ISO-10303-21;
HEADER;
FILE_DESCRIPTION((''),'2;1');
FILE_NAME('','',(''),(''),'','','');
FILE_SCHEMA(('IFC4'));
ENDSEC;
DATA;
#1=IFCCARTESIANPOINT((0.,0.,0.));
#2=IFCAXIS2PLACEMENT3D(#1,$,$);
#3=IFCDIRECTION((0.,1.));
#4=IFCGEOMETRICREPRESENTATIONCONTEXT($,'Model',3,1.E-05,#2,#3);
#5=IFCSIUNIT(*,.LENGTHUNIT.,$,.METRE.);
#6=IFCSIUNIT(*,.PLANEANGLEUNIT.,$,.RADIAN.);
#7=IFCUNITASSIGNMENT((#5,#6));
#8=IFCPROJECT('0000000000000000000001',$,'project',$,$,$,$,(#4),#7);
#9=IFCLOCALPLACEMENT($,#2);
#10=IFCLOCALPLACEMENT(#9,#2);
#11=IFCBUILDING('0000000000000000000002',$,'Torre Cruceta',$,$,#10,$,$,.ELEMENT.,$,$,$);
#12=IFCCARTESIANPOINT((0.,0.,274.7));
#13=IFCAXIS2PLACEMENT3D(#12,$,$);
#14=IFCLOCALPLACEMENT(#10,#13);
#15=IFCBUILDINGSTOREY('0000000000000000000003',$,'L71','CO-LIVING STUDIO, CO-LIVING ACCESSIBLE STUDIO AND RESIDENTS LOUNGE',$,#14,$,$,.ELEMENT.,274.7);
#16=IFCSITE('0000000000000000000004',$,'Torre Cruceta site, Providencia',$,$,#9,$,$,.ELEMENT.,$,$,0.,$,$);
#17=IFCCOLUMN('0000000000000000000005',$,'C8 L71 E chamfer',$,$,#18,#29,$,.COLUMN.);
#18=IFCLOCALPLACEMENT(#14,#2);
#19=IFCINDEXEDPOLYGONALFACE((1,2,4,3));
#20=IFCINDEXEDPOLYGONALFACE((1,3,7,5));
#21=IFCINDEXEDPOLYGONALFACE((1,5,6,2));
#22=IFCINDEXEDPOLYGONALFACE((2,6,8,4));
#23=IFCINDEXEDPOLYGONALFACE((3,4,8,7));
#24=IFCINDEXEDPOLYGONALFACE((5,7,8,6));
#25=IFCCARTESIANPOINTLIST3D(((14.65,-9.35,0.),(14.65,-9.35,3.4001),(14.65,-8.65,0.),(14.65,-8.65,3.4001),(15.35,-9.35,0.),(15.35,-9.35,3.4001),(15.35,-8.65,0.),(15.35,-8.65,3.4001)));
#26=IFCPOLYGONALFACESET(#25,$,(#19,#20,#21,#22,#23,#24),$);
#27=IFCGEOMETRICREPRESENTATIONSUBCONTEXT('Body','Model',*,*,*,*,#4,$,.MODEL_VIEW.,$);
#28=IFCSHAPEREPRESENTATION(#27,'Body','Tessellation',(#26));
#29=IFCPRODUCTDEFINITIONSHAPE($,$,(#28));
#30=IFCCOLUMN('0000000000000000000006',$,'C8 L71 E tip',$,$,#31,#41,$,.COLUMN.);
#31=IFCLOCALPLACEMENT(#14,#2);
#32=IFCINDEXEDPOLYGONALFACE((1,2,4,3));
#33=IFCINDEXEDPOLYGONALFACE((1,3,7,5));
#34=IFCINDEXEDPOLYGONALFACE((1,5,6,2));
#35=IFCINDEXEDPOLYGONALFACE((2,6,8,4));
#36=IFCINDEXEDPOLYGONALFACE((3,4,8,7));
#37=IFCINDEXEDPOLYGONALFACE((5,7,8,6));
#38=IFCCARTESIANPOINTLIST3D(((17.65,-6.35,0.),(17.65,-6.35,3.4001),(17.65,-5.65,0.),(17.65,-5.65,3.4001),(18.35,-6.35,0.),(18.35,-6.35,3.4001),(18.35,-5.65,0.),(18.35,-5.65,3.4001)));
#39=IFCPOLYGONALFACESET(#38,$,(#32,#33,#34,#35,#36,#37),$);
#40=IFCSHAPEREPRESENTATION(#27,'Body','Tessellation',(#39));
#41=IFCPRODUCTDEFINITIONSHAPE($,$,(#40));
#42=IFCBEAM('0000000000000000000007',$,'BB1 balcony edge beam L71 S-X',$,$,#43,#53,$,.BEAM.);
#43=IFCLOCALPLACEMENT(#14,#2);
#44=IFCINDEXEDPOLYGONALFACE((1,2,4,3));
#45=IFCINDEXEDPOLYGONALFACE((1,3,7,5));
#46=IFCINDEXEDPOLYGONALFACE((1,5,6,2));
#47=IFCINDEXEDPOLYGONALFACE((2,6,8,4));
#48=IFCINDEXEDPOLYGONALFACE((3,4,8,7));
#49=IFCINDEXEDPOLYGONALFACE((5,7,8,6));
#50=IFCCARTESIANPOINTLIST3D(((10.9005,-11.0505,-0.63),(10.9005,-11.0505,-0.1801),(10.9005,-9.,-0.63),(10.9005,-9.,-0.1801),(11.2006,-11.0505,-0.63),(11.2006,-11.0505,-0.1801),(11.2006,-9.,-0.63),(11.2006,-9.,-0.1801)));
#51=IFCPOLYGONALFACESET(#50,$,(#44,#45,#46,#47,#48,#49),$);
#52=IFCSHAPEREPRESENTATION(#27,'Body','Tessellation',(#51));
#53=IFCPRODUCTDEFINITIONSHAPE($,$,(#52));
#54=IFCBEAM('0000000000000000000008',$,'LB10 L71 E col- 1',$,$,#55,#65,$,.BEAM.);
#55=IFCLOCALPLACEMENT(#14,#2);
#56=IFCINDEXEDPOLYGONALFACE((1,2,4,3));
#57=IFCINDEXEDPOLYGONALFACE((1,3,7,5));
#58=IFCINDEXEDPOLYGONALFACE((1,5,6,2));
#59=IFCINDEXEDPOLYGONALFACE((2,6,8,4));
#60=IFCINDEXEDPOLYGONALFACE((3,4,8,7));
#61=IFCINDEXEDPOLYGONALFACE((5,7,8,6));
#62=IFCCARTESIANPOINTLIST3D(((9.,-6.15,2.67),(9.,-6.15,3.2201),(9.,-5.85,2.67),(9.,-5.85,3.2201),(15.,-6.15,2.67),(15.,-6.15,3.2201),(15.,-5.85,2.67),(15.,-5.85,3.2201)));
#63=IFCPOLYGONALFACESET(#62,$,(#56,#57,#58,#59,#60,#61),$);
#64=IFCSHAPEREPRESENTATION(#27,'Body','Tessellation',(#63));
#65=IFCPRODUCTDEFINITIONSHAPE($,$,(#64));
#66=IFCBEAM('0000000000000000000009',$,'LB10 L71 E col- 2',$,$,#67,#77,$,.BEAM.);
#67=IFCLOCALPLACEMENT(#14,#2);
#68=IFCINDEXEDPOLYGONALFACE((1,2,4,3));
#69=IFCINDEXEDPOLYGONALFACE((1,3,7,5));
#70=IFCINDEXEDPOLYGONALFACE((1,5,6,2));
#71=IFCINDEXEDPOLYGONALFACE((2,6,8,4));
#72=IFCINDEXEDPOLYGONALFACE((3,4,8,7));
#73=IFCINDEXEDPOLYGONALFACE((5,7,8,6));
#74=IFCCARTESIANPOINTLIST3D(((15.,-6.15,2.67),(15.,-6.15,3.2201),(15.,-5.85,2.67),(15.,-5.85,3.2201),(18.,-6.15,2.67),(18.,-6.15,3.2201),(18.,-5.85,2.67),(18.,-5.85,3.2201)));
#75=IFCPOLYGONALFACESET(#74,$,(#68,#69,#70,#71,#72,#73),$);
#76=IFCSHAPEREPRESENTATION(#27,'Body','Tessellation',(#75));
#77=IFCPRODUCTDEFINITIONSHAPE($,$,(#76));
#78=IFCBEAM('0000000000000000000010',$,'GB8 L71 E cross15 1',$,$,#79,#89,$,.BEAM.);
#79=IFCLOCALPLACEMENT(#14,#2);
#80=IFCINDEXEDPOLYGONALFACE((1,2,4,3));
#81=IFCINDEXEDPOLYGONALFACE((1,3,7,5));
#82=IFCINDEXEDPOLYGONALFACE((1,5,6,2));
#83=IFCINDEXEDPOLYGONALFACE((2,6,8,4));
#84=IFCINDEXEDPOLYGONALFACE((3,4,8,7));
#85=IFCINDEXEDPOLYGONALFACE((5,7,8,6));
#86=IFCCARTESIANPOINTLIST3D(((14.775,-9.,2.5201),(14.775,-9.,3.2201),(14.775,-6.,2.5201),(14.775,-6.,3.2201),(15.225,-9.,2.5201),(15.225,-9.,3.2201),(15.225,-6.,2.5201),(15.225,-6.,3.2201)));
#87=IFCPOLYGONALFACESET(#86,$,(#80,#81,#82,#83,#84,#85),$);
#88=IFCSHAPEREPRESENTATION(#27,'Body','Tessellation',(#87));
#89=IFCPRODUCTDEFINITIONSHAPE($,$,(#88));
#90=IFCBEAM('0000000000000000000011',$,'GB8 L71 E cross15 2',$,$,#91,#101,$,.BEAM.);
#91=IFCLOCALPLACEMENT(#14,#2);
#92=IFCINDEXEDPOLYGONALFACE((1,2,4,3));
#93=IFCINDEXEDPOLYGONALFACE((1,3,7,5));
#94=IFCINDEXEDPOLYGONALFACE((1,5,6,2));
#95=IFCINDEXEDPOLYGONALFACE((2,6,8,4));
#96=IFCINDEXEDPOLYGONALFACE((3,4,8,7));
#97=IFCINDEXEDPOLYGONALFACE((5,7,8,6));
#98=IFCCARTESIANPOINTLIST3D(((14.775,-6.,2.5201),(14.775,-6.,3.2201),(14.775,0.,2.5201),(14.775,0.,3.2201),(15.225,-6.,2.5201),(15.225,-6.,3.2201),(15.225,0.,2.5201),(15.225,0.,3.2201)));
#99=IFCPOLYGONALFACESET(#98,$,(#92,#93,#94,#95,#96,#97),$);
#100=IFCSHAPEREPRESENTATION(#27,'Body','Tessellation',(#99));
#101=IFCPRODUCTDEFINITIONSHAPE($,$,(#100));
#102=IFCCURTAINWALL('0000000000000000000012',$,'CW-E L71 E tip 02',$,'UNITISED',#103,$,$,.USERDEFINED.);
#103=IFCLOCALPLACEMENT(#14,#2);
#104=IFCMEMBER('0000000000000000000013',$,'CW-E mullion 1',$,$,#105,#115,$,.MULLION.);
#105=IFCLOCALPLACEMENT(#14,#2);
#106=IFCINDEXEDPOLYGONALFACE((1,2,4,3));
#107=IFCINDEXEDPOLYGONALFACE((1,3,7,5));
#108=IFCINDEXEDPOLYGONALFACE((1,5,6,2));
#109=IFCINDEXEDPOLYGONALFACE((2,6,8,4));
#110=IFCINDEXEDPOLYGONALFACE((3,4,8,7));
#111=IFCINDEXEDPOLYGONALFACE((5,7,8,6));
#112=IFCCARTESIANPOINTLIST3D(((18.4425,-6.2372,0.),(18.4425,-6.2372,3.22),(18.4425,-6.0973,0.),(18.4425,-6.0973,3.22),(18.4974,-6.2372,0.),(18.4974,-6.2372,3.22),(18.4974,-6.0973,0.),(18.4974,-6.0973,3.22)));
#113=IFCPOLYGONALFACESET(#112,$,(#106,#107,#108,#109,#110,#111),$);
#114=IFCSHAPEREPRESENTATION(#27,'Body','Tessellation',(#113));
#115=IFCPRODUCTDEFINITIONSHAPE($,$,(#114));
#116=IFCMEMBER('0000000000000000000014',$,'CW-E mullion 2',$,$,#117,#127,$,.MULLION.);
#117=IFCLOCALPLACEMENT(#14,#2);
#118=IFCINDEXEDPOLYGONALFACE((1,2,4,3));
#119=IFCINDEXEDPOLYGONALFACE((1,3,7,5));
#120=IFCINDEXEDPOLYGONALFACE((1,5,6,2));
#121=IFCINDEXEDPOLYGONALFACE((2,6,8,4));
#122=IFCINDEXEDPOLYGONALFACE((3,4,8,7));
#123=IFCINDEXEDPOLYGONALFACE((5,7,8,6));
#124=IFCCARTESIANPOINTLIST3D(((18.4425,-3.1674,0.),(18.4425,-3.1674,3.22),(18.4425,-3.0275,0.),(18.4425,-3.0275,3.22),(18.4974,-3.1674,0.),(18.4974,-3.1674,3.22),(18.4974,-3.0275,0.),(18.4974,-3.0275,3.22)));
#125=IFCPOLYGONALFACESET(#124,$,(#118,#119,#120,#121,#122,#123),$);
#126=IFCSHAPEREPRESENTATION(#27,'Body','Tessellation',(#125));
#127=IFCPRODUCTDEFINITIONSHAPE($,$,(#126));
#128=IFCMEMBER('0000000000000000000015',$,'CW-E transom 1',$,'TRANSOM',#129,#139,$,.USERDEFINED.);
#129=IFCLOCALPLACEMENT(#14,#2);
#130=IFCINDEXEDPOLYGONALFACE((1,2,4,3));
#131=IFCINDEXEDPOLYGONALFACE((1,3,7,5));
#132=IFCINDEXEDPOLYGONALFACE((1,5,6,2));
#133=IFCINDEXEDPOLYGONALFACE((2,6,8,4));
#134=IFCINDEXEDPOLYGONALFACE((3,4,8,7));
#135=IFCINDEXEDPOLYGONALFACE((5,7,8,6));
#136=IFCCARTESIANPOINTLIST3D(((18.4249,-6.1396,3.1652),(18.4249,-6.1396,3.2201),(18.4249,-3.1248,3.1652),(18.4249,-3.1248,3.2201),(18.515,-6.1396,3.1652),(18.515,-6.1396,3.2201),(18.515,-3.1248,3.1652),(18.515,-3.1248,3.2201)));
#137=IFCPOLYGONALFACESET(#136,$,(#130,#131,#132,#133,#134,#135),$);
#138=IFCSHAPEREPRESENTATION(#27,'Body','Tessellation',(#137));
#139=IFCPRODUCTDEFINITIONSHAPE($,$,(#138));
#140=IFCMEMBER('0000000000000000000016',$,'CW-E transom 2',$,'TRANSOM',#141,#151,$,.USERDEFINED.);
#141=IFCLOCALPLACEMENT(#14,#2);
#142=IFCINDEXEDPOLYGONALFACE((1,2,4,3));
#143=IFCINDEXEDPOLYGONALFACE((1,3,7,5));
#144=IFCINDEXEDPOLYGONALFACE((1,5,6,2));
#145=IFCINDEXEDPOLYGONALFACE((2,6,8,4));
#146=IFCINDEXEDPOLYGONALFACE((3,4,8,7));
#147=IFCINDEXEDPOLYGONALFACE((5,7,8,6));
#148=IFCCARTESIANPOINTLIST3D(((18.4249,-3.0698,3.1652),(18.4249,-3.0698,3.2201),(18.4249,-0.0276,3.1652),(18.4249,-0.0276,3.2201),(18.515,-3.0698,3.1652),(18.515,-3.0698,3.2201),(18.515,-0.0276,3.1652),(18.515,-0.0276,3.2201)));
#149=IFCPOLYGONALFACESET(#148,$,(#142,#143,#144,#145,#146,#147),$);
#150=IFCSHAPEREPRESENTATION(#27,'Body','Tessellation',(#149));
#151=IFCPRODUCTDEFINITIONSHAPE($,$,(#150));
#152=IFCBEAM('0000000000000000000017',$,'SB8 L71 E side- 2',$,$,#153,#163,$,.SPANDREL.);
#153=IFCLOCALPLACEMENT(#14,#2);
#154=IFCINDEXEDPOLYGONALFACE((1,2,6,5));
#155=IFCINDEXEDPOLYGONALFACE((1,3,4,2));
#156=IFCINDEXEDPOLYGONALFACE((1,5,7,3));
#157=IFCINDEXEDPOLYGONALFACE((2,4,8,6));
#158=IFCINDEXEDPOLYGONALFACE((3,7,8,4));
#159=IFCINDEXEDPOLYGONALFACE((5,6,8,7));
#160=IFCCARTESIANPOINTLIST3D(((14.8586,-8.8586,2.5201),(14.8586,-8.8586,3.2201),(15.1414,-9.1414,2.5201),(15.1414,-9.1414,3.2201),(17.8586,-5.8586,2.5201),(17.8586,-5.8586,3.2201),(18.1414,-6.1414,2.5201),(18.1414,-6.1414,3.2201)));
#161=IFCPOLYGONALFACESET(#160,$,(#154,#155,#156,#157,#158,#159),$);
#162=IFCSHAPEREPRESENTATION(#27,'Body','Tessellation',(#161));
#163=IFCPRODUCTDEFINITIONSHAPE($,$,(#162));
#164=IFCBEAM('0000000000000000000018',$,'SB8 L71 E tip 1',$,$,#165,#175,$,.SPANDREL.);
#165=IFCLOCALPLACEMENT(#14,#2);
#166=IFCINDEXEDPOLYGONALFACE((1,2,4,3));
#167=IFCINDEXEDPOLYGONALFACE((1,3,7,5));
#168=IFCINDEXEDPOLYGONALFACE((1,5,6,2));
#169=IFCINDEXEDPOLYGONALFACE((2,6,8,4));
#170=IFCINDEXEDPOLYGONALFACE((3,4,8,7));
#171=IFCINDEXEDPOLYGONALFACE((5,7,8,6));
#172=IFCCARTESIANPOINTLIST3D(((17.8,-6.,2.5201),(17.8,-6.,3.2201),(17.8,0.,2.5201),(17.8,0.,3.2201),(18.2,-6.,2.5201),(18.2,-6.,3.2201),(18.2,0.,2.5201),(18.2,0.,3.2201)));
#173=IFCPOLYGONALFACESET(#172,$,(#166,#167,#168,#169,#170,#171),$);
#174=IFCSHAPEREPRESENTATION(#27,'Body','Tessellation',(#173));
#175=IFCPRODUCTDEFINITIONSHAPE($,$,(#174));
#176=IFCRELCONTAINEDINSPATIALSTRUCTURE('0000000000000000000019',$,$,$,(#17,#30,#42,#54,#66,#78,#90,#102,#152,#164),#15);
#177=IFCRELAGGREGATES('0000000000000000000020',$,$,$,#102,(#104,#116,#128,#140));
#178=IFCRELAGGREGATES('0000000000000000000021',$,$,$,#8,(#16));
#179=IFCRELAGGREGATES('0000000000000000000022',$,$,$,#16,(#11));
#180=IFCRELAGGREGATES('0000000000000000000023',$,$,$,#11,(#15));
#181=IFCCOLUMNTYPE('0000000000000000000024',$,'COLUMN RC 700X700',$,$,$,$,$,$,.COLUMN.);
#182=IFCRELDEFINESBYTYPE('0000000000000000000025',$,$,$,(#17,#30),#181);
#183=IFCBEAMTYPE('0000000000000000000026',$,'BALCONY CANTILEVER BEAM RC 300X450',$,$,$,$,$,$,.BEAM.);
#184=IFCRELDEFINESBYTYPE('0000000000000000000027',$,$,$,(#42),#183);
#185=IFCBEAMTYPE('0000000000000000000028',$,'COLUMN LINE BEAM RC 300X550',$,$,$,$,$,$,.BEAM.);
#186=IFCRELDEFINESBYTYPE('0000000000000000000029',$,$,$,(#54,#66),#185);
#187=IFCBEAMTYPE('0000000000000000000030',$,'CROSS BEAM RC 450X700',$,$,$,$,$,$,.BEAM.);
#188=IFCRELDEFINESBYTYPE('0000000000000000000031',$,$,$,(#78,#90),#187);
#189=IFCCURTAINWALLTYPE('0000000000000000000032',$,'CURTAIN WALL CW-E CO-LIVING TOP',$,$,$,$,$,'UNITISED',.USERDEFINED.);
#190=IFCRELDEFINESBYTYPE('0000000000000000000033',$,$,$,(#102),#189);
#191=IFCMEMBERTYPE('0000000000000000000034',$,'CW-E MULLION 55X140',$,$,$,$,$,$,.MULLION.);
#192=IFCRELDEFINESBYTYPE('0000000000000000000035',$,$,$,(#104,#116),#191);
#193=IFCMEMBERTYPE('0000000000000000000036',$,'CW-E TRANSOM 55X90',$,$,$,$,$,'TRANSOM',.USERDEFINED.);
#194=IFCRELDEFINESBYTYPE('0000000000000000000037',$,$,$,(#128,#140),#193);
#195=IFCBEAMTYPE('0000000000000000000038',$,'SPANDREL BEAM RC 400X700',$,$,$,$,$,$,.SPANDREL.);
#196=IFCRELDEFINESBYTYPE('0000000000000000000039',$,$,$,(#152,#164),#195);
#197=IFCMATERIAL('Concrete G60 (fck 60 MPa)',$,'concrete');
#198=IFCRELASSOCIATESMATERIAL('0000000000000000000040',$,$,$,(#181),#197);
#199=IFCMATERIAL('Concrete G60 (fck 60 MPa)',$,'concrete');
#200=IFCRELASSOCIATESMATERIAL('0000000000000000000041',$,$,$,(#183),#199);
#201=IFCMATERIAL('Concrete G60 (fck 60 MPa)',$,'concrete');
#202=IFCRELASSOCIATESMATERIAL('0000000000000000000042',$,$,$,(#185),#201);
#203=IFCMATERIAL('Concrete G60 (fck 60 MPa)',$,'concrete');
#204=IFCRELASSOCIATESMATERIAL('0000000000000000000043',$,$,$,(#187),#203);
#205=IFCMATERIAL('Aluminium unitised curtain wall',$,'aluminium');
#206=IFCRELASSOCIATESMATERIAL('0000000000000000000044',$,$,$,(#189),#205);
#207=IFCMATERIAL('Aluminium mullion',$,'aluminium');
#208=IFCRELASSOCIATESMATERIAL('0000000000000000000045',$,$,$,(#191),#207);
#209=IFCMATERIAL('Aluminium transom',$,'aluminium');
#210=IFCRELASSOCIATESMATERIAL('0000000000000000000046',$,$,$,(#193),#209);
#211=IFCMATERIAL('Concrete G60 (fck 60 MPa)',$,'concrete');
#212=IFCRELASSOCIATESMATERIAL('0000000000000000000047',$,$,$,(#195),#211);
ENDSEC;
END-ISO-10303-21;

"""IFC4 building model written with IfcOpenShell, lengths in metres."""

from ifc_helpers import new_model, si_unit, direction, frame, origin, origin_2d, place, context, subcontext, project, spatial, rectangle, extrude, material, material_profile, profile_set, type_object, element, aggregate, save


model = new_model("IFC4")

# Units and contexts
model_context = context("Model", 3, precision=1e-05, world=origin(), true_north=direction((0.0, 1.0)))
body_context = subcontext(model_context, "Body", "Model", "MODEL_VIEW")
ifc_project = project(units=[si_unit("LENGTHUNIT", "METRE"), si_unit("PLANEANGLEUNIT", "RADIAN")], contexts=[model_context])

# Site, building, storey
site_placement = place(None, origin())
site = spatial("IfcSite", under=ifc_project, at=site_placement, Name="Torre Cruceta site, Providencia", CompositionType="ELEMENT", RefElevation=0.0)
building_placement = place(site_placement, origin())
building = spatial("IfcBuilding", under=site, at=building_placement, Name="Torre Cruceta", CompositionType="ELEMENT")
storey_placement = place(building_placement, frame((0.0, 0.0, 274.7)))
storey = spatial("IfcBuildingStorey", under=building, at=storey_placement, Name="L71", Description="CO-LIVING STUDIO, CO-LIVING ACCESSIBLE STUDIO AND RESIDENTS LOUNGE", CompositionType="ELEMENT", Elevation=274.7)

# Columns
ifc_material_1 = material(Name="Concrete G60 (fck 60 MPa)", Category="concrete")
ifc_material_profile_1 = material_profile(ifc_material_1, rectangle(XDim=0.7, YDim=0.7, at=origin_2d()), Name="RC 700X700")
ifc_profile_set_1 = profile_set([ifc_material_profile_1], Name="Concrete G60 (fck 60 MPa)")
column_type = type_object("IfcColumnType", Name="COLUMN RC 700X700", PredefinedType="COLUMN", material=ifc_profile_set_1)
for number, where, z_axis, x_axis, name in (
    (1, (15.0, -9.0, 0.0), (0.0, 0.0, 1.0), (1.0, 0.0, 0.0), "C8 L71 E chamfer"),
    (2, (18.0, -6.0, 0.0), (0.0, 0.0, 1.0), (1.0, 0.0, 0.0), "C8 L71 E tip"),
):
    element("IfcColumn", number, at=place(storey_placement, frame(where, z_axis=z_axis, x_axis=x_axis)), inside=storey, type_object=column_type, Name=name, PredefinedType="COLUMN", context=body_context, shape_type="SweptSolid", body=[
        extrude(rectangle(XDim=0.7, YDim=0.7, at=origin_2d()), origin(), (0.0, 0.0, 1.0), 3.4001),
    ])

# Beams
ifc_material_2 = material(Name="Concrete G60 (fck 60 MPa)", Category="concrete")
ifc_material_profile_2 = material_profile(ifc_material_2, rectangle(XDim=0.3, YDim=0.45, at=origin_2d()), Name="RC 300X450")
ifc_profile_set_2 = profile_set([ifc_material_profile_2], Name="Concrete G60 (fck 60 MPa)")
beam_type_1 = type_object("IfcBeamType", Name="BALCONY CANTILEVER BEAM RC 300X450", PredefinedType="BEAM", material=ifc_profile_set_2)
beam_1_placement = place(storey_placement, frame((11.0505, -9.0, -0.405), z_axis=(0.0, -1.0, 0.0), x_axis=(1.0, 0.0, 0.0)))
element("IfcBeam", 3, at=beam_1_placement, inside=storey, type_object=beam_type_1, Name="BB1 balcony edge beam L71 S-X", PredefinedType="BEAM", context=body_context, shape_type="SweptSolid", body=[
    extrude(rectangle(XDim=0.3, YDim=0.45, at=origin_2d()), origin(), (0.0, 0.0, 1.0), 2.0505),
])
ifc_material_3 = material(Name="Concrete G60 (fck 60 MPa)", Category="concrete")
ifc_material_profile_3 = material_profile(ifc_material_3, rectangle(XDim=0.3, YDim=0.55, at=origin_2d()), Name="RC 300X550")
ifc_profile_set_3 = profile_set([ifc_material_profile_3], Name="Concrete G60 (fck 60 MPa)")
beam_type_2 = type_object("IfcBeamType", Name="COLUMN LINE BEAM RC 300X550", PredefinedType="BEAM", material=ifc_profile_set_3)
beam_2_placement = place(storey_placement, frame((9.0, -6.0, 2.9451), z_axis=(1.0, 0.0, 0.0), x_axis=(0.0, 1.0, 0.0)))
element("IfcBeam", 4, at=beam_2_placement, inside=storey, type_object=beam_type_2, Name="LB10 L71 E col- 1", PredefinedType="BEAM", context=body_context, shape_type="SweptSolid", body=[
    extrude(rectangle(XDim=0.3, YDim=0.55, at=origin_2d()), origin(), (0.0, 0.0, 1.0), 6.0),
])
beam_3_placement = place(storey_placement, frame((15.0, -6.0, 2.9451), z_axis=(1.0, 0.0, 0.0), x_axis=(0.0, 1.0, 0.0)))
element("IfcBeam", 5, at=beam_3_placement, inside=storey, type_object=beam_type_2, Name="LB10 L71 E col- 2", PredefinedType="BEAM", context=body_context, shape_type="SweptSolid", body=[
    extrude(rectangle(XDim=0.3, YDim=0.55, at=origin_2d()), origin(), (0.0, 0.0, 1.0), 3.0),
])
ifc_material_4 = material(Name="Concrete G60 (fck 60 MPa)", Category="concrete")
ifc_material_profile_4 = material_profile(ifc_material_4, rectangle(XDim=0.45, YDim=0.7, at=origin_2d()), Name="RC 450X700")
ifc_profile_set_4 = profile_set([ifc_material_profile_4], Name="Concrete G60 (fck 60 MPa)")
beam_type_3 = type_object("IfcBeamType", Name="CROSS BEAM RC 450X700", PredefinedType="BEAM", material=ifc_profile_set_4)
beam_4_placement = place(storey_placement, frame((15.0, -9.0, 2.8701), z_axis=(0.0, 1.0, 0.0), x_axis=(-1.0, 0.0, 0.0)))
element("IfcBeam", 6, at=beam_4_placement, inside=storey, type_object=beam_type_3, Name="GB8 L71 E cross15 1", PredefinedType="BEAM", context=body_context, shape_type="SweptSolid", body=[
    extrude(rectangle(XDim=0.45, YDim=0.7, at=origin_2d()), origin(), (0.0, 0.0, 1.0), 3.0),
])
beam_5_placement = place(storey_placement, frame((15.0, -6.0, 2.8701), z_axis=(0.0, 1.0, 0.0), x_axis=(-1.0, 0.0, 0.0)))
element("IfcBeam", 7, at=beam_5_placement, inside=storey, type_object=beam_type_3, Name="GB8 L71 E cross15 2", PredefinedType="BEAM", context=body_context, shape_type="SweptSolid", body=[
    extrude(rectangle(XDim=0.45, YDim=0.7, at=origin_2d()), origin(), (0.0, 0.0, 1.0), 6.0),
])

# Curtain wall, members
ifc_material_5 = material(Name="Aluminium unitised curtain wall", Category="aluminium")
curtain_wall_type = type_object("IfcCurtainWallType", Name="CURTAIN WALL CW-E CO-LIVING TOP", ElementType="UNITISED", PredefinedType="USERDEFINED", material=ifc_material_5)
curtain_wall_placement = place(storey_placement, origin())
curtain_wall = element("IfcCurtainWall", 8, at=curtain_wall_placement, inside=storey, type_object=curtain_wall_type, Name="CW-E L71 E tip 02", ObjectType="UNITISED", PredefinedType="USERDEFINED")
ifc_material_6 = material(Name="Aluminium mullion", Category="aluminium")
ifc_material_profile_5 = material_profile(ifc_material_6, rectangle(XDim=0.0549, YDim=0.1399, at=origin_2d()), Name="AL 55X140")
ifc_profile_set_5 = profile_set([ifc_material_profile_5], Name="Aluminium mullion")
member_type_1 = type_object("IfcMemberType", Name="CW-E MULLION 55X140", PredefinedType="MULLION", material=ifc_profile_set_5)
member_1_placement = place(storey_placement, frame((18.47, -6.1672, 0.0), z_axis=(0.0, 0.0, 1.0), x_axis=(-1.0, 0.0, 0.0)))
member_1 = element("IfcMember", 9, at=member_1_placement, type_object=member_type_1, Name="CW-E mullion 1", PredefinedType="MULLION", context=body_context, shape_type="SweptSolid", body=[
    extrude(rectangle(XDim=0.0549, YDim=0.1399, at=origin_2d()), origin(), (0.0, 0.0, 1.0), 3.22),
])
member_2_placement = place(storey_placement, frame((18.47, -3.0974, 0.0), z_axis=(0.0, 0.0, 1.0), x_axis=(-1.0, 0.0, 0.0)))
member_2 = element("IfcMember", 10, at=member_2_placement, type_object=member_type_1, Name="CW-E mullion 2", PredefinedType="MULLION", context=body_context, shape_type="SweptSolid", body=[
    extrude(rectangle(XDim=0.0549, YDim=0.1399, at=origin_2d()), origin(), (0.0, 0.0, 1.0), 3.22),
])
ifc_material_7 = material(Name="Aluminium transom", Category="aluminium")
ifc_material_profile_6 = material_profile(ifc_material_7, rectangle(XDim=0.0901, YDim=0.0549, at=origin_2d()), Name="AL 90X55")
ifc_profile_set_6 = profile_set([ifc_material_profile_6], Name="Aluminium transom")
member_type_2 = type_object("IfcMemberType", Name="CW-E TRANSOM 55X90", ElementType="TRANSOM", PredefinedType="USERDEFINED", material=ifc_profile_set_6)
member_3_placement = place(storey_placement, frame((18.47, -6.1396, 3.1926), z_axis=(0.0, 1.0, 0.0), x_axis=(-1.0, 0.0, 0.0)))
member_3 = element("IfcMember", 11, at=member_3_placement, type_object=member_type_2, Name="CW-E transom 1", ObjectType="TRANSOM", PredefinedType="USERDEFINED", context=body_context, shape_type="SweptSolid", body=[
    extrude(rectangle(XDim=0.0901, YDim=0.0549, at=origin_2d()), origin(), (0.0, 0.0, 1.0), 3.0149),
])
member_4_placement = place(storey_placement, frame((18.47, -3.0698, 3.1926), z_axis=(0.0, 1.0, 0.0), x_axis=(-1.0, 0.0, 0.0)))
member_4 = element("IfcMember", 12, at=member_4_placement, type_object=member_type_2, Name="CW-E transom 2", ObjectType="TRANSOM", PredefinedType="USERDEFINED", context=body_context, shape_type="SweptSolid", body=[
    extrude(rectangle(XDim=0.0901, YDim=0.0549, at=origin_2d()), origin(), (0.0, 0.0, 1.0), 3.0422),
])

# Beams
ifc_material_8 = material(Name="Concrete G60 (fck 60 MPa)", Category="concrete")
ifc_material_profile_7 = material_profile(ifc_material_8, rectangle(XDim=0.3999, YDim=0.7, at=origin_2d()), Name="RC 400X700")
ifc_profile_set_7 = profile_set([ifc_material_profile_7], Name="Concrete G60 (fck 60 MPa)")
beam_type_4 = type_object("IfcBeamType", Name="SPANDREL BEAM RC 400X700", PredefinedType="SPANDREL", material=ifc_profile_set_7)
beam_6_placement = place(storey_placement, frame((15.0, -9.0, 2.8701), z_axis=(0.707107, 0.707107, 0.0), x_axis=(-0.707107, 0.707107, 0.0)))
element("IfcBeam", 13, at=beam_6_placement, inside=storey, type_object=beam_type_4, Name="SB8 L71 E side- 2", PredefinedType="SPANDREL", context=body_context, shape_type="SweptSolid", body=[
    extrude(rectangle(XDim=0.3999, YDim=0.7, at=origin_2d()), origin(), (0.0, 0.0, 1.0), 4.2427),
])
beam_7_placement = place(storey_placement, frame((18.0, -6.0, 2.8701), z_axis=(0.0, 1.0, 0.0), x_axis=(-1.0, 0.0, 0.0)))
element("IfcBeam", 14, at=beam_7_placement, inside=storey, type_object=beam_type_4, Name="SB8 L71 E tip 1", PredefinedType="SPANDREL", context=body_context, shape_type="SweptSolid", body=[
    extrude(rectangle(XDim=0.3999, YDim=0.7, at=origin_2d()), origin(), (0.0, 0.0, 1.0), 6.0),
])

aggregate(curtain_wall, [member_1, member_2, member_3, member_4])

save(model, "model.ifc")
